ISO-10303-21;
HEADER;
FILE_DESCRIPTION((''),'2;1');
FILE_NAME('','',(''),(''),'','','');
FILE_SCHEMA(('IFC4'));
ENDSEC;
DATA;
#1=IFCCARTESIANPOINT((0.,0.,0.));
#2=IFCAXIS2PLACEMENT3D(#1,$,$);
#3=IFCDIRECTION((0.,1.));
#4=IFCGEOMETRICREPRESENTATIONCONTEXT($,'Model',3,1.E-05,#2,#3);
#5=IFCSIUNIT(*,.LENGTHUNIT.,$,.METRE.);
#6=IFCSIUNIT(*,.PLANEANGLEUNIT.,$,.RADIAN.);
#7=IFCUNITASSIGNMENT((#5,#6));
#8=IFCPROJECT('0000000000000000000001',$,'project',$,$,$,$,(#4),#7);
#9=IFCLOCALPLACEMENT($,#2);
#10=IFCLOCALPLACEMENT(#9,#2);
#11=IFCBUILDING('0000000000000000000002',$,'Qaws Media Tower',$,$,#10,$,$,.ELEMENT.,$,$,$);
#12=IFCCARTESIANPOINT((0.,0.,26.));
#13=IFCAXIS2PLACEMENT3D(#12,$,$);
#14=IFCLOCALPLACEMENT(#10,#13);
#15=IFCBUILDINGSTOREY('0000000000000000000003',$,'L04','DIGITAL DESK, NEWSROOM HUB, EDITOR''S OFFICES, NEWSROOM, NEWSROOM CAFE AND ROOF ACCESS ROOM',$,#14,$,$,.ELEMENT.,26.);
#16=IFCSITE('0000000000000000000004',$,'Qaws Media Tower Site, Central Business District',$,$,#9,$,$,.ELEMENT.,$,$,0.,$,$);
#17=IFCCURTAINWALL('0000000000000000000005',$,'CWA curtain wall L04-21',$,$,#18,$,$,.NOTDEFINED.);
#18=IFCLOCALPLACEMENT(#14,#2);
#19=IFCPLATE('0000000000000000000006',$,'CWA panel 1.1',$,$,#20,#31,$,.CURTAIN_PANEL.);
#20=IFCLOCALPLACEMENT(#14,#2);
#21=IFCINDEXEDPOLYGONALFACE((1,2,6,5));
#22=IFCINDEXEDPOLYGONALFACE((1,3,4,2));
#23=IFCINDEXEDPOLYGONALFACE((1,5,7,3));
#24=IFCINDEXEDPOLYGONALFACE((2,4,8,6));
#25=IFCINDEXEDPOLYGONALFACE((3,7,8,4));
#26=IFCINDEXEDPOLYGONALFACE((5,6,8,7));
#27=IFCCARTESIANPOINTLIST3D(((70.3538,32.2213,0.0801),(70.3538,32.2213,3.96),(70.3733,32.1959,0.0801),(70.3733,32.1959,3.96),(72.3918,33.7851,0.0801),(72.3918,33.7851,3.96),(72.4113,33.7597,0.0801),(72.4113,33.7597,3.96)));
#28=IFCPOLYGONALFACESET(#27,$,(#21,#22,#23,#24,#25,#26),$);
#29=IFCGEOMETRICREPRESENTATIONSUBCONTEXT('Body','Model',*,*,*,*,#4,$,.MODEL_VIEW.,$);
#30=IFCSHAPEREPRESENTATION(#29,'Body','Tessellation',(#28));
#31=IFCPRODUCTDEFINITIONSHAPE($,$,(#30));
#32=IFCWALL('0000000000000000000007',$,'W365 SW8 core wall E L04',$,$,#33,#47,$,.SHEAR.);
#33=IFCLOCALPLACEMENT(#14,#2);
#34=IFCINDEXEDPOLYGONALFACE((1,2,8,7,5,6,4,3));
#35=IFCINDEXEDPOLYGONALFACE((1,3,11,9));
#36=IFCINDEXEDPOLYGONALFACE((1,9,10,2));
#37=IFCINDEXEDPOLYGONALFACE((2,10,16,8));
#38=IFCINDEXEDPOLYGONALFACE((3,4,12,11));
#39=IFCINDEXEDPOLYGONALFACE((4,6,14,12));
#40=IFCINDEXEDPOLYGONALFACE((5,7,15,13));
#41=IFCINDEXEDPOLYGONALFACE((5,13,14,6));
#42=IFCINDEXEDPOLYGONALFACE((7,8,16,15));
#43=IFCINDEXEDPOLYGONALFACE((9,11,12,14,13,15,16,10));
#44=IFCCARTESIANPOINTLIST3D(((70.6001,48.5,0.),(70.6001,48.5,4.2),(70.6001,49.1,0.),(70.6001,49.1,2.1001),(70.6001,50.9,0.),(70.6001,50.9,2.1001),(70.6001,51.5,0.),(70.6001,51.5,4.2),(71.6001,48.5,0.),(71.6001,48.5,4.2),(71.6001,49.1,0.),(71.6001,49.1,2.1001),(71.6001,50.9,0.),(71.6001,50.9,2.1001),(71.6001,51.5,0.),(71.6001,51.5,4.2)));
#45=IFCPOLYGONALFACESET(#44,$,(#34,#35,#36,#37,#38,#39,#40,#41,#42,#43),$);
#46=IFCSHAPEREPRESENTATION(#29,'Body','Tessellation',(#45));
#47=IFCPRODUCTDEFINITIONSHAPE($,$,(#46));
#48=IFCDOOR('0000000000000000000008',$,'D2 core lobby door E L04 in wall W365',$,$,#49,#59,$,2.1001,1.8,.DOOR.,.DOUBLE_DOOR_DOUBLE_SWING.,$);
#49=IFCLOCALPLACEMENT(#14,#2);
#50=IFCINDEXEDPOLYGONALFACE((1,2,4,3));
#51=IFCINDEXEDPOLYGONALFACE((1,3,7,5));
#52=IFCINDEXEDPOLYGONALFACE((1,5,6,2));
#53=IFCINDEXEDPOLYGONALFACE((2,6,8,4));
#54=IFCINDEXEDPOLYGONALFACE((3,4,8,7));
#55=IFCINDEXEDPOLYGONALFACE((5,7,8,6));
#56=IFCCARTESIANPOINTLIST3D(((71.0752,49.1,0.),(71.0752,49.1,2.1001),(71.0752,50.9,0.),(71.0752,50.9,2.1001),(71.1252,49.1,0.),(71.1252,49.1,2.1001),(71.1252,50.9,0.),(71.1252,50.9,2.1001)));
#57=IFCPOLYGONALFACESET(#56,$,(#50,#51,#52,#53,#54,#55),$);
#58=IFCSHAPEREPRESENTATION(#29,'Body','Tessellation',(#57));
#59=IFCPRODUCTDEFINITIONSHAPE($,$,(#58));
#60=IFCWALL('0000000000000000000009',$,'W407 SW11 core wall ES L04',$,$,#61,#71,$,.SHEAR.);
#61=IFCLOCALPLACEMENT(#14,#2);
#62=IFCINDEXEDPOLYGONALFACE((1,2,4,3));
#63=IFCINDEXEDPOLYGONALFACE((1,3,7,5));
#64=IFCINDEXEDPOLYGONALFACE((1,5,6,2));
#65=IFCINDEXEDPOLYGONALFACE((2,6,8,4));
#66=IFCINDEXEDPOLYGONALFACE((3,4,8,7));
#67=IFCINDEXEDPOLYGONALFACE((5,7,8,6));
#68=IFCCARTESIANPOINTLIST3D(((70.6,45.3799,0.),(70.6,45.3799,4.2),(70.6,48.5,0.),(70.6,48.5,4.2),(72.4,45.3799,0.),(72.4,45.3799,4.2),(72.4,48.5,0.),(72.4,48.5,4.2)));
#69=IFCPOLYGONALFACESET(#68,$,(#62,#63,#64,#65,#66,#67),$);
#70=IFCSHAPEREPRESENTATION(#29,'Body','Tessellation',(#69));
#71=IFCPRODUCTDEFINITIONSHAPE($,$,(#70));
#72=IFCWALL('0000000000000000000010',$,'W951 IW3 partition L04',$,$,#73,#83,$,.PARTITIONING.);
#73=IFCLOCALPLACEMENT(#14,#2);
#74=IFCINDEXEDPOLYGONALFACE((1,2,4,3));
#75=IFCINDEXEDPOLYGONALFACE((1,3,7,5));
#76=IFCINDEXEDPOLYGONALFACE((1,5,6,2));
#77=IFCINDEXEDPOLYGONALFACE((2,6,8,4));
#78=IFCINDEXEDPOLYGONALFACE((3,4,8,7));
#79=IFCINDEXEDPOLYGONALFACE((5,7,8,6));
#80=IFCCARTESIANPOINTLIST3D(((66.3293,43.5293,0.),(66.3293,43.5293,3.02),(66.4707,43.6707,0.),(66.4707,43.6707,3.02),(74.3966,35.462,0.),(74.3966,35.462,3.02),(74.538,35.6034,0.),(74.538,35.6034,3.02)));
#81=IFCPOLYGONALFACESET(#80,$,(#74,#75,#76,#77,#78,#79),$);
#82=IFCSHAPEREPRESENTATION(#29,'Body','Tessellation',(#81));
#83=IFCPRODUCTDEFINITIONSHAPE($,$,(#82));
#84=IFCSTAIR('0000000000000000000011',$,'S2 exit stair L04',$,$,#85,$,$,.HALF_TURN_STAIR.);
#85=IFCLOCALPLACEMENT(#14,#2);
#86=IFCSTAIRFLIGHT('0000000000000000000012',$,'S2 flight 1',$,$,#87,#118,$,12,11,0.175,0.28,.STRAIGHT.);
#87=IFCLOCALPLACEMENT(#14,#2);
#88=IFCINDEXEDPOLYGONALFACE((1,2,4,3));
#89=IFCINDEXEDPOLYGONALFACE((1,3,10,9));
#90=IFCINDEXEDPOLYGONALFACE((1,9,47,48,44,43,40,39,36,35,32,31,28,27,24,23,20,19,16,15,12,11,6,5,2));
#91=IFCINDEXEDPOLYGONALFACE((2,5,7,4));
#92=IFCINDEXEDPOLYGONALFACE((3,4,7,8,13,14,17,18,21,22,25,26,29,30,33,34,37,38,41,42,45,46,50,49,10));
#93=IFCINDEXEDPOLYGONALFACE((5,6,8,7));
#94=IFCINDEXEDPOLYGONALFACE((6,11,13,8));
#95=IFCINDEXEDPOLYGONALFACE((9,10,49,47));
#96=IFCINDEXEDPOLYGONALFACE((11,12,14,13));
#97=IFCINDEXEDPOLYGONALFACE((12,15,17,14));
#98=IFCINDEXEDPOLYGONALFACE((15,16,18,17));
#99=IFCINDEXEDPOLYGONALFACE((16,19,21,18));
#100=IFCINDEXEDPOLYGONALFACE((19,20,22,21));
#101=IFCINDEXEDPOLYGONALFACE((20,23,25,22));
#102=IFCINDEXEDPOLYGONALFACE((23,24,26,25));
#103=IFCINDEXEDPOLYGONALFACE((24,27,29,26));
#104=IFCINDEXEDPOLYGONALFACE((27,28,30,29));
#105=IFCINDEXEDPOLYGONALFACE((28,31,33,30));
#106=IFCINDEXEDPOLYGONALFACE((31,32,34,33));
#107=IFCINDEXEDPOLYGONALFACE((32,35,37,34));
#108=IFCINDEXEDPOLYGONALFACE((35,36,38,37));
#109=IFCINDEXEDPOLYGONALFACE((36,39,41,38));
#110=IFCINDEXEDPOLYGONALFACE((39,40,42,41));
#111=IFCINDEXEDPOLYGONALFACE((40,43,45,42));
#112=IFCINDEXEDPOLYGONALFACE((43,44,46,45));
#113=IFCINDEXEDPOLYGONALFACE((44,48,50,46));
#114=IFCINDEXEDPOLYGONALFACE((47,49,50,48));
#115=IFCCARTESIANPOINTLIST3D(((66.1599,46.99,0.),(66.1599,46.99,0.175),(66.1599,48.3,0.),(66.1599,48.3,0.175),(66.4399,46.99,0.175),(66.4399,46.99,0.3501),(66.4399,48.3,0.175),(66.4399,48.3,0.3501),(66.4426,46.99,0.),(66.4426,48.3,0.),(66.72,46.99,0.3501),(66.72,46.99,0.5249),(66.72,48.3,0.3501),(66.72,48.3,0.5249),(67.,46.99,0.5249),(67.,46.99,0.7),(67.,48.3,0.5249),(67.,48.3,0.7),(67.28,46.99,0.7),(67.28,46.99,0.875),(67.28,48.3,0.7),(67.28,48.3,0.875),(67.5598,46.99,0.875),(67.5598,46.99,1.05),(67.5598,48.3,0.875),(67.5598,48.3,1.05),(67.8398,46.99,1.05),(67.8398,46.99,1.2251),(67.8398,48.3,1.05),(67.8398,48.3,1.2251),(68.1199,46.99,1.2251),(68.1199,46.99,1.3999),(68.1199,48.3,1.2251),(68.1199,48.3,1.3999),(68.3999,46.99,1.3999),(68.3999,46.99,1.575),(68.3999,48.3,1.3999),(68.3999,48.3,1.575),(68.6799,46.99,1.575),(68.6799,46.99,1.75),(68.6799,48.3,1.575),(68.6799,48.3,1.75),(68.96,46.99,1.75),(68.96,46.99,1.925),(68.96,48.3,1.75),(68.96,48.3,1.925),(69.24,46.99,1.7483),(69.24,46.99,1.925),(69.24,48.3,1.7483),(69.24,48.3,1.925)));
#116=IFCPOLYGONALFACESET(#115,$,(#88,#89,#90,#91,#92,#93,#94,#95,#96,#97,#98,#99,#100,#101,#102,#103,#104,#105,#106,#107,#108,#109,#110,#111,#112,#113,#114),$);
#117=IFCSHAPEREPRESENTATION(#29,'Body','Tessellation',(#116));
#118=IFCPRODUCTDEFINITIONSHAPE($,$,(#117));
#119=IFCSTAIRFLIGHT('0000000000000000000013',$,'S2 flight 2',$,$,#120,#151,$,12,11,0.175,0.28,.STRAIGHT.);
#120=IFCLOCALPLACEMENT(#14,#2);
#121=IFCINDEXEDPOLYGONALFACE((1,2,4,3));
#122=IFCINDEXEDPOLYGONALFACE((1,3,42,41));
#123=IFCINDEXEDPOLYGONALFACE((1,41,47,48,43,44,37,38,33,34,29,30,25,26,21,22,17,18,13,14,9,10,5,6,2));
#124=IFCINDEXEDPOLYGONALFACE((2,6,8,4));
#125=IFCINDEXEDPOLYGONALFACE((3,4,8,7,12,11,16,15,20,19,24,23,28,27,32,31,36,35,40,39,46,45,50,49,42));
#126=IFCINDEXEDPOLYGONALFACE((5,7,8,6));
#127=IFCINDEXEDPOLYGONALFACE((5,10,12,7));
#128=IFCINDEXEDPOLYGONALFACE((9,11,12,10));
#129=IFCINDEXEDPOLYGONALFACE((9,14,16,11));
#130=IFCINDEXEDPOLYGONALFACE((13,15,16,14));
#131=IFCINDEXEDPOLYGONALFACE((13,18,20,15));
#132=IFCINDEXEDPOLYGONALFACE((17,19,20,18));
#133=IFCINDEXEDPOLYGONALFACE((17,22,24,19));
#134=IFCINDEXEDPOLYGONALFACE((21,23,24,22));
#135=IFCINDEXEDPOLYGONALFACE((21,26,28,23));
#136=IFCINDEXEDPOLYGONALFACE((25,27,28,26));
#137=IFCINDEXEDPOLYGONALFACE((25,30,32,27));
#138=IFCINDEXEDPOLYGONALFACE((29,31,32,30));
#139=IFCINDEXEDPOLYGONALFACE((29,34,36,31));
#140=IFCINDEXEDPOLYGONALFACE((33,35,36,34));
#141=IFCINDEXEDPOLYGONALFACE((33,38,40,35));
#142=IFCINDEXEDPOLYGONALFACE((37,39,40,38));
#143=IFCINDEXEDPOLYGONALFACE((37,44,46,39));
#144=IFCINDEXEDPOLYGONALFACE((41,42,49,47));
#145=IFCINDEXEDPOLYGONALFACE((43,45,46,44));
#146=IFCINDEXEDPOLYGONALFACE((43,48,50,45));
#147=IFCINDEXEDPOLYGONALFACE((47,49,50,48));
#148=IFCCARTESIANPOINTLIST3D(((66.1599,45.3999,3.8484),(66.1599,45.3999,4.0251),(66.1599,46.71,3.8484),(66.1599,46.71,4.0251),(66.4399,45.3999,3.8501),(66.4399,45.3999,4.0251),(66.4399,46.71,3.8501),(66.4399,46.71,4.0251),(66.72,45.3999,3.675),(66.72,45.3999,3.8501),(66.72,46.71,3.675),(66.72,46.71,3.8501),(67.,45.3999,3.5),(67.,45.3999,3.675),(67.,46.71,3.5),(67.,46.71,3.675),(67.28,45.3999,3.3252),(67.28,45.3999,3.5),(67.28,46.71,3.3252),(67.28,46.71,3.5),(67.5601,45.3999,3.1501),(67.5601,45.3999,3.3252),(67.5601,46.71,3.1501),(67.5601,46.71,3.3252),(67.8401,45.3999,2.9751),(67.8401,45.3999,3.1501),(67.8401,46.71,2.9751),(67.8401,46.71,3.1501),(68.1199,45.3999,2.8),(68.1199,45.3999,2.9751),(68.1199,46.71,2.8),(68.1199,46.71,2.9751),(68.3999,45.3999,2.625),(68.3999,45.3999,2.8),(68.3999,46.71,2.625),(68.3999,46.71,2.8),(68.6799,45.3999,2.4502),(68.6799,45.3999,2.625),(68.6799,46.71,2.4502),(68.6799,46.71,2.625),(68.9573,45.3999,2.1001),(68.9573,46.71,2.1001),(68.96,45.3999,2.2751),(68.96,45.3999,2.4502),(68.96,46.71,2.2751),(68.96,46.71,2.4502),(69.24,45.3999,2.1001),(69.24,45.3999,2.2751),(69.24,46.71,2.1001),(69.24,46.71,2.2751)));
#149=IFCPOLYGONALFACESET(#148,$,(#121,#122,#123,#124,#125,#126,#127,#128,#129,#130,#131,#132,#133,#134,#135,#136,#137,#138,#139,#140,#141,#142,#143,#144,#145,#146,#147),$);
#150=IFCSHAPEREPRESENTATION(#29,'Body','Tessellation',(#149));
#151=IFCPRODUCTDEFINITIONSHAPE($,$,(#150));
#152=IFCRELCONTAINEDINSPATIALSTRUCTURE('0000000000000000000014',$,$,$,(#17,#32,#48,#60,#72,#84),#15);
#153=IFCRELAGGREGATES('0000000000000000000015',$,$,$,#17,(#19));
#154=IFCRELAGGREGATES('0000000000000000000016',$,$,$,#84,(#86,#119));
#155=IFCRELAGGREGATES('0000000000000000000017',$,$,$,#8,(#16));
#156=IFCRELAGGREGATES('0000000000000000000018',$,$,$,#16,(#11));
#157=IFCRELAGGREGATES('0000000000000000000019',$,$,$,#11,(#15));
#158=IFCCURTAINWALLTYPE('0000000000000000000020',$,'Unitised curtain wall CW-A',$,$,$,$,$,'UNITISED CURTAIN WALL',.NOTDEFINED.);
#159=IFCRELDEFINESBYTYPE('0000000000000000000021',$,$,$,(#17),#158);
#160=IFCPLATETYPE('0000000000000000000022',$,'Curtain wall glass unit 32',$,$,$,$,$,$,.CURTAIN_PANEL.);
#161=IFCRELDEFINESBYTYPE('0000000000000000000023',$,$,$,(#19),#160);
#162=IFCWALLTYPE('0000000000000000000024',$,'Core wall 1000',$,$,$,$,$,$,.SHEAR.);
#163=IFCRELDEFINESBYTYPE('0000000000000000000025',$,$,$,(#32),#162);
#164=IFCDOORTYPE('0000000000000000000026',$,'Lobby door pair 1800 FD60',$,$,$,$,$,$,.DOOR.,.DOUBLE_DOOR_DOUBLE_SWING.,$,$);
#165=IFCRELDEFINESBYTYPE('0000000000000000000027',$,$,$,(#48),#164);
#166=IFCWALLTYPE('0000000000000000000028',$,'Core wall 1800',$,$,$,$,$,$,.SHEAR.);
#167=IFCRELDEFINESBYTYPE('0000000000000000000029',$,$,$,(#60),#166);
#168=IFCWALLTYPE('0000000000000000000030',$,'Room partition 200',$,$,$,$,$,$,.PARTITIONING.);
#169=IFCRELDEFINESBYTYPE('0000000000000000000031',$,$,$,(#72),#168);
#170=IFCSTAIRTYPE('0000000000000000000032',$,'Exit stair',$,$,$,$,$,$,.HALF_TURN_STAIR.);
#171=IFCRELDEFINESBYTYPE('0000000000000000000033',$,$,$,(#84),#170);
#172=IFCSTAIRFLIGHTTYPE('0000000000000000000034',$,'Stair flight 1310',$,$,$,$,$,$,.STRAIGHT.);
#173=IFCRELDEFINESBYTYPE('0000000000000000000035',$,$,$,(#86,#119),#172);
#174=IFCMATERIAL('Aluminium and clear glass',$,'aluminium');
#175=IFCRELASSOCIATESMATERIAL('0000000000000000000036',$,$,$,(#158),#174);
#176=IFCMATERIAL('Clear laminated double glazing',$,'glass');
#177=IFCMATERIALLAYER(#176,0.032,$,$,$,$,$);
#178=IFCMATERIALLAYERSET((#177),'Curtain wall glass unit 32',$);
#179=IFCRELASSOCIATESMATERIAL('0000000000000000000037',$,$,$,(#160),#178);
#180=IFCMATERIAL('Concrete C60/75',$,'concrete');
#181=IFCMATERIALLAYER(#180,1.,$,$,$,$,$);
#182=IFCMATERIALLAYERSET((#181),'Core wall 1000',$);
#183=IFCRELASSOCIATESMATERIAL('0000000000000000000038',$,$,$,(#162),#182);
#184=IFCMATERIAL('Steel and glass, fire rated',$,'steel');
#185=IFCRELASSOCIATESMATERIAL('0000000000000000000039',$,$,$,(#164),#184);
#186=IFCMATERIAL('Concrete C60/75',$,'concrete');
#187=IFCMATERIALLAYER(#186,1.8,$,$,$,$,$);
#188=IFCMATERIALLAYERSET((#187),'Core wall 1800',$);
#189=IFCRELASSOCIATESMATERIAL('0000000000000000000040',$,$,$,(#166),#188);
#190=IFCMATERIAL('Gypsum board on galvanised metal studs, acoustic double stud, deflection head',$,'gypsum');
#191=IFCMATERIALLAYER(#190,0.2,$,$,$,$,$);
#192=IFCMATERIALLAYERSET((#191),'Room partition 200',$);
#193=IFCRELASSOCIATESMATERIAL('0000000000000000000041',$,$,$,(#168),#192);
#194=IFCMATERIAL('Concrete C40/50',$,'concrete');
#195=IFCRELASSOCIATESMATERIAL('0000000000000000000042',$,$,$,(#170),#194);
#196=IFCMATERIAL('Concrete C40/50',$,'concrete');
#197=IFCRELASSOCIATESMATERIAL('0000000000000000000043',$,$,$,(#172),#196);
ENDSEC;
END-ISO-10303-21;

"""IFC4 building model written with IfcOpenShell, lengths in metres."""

from ifc_helpers import new_model, si_unit, direction, frame, frame_2d, origin, origin_2d, place, context, subcontext, project, spatial, polyline, rectangle, outline, extrude, material, layer, layer_set, type_object, element, fill, aggregate, save


model = new_model("IFC4")

# Units and contexts
model_context = context("Model", 3, precision=1e-05, world=origin(), true_north=direction((0.0, 1.0)))
body_context = subcontext(model_context, "Body", "Model", "MODEL_VIEW")
ifc_project = project(units=[si_unit("LENGTHUNIT", "METRE"), si_unit("PLANEANGLEUNIT", "RADIAN")], contexts=[model_context])

# Site, building, storey
site_placement = place(None, origin())
site = spatial("IfcSite", under=ifc_project, at=site_placement, Name="Qaws Media Tower Site, Central Business District", CompositionType="ELEMENT", RefElevation=0.0)
building_placement = place(site_placement, origin())
building = spatial("IfcBuilding", under=site, at=building_placement, Name="Qaws Media Tower", CompositionType="ELEMENT")
storey_placement = place(building_placement, frame((0.0, 0.0, 26.0)))
storey = spatial("IfcBuildingStorey", under=building, at=storey_placement, Name="L04", Description="DIGITAL DESK, NEWSROOM HUB, EDITOR'S OFFICES, NEWSROOM, NEWSROOM CAFE AND ROOF ACCESS ROOM", CompositionType="ELEMENT", Elevation=26.0)

# Curtain wall
ifc_material_1 = material(Name="Aluminium and clear glass", Category="aluminium")
curtain_wall_type = type_object("IfcCurtainWallType", Name="Unitised curtain wall CW-A", ElementType="UNITISED CURTAIN WALL", PredefinedType="NOTDEFINED", material=ifc_material_1)
curtain_wall_placement = place(storey_placement, origin())
curtain_wall = element("IfcCurtainWall", 1, at=curtain_wall_placement, inside=storey, type_object=curtain_wall_type, Name="CWA curtain wall L04-21", PredefinedType="NOTDEFINED")

# Plate
ifc_material_2 = material(Name="Clear laminated double glazing", Category="glass")
ifc_layer_1 = layer(ifc_material_2, 0.032)
ifc_layer_set_1 = layer_set([ifc_layer_1], Name="Curtain wall glass unit 32")
plate_type = type_object("IfcPlateType", Name="Curtain wall glass unit 32", PredefinedType="CURTAIN_PANEL", material=ifc_layer_set_1)
plate_placement = place(storey_placement, frame((71.3826, 32.9905, 0.0801), z_axis=(0.0, 0.0, 1.0), x_axis=(0.793353, 0.608761, 0.0)))
plate = element("IfcPlate", 2, at=plate_placement, type_object=plate_type, Name="CWA panel 1.1", PredefinedType="CURTAIN_PANEL", context=body_context, shape_type="SweptSolid", body=[
    extrude(rectangle(XDim=2.5688, YDim=0.032, at=origin_2d()), origin(), (0.0, 0.0, 1.0), 3.8799),
])
aggregate(curtain_wall, [plate])

# Wall, opening, door
ifc_material_3 = material(Name="Concrete C60/75", Category="concrete")
ifc_layer_2 = layer(ifc_material_3, 1.0)
ifc_layer_set_2 = layer_set([ifc_layer_2], Name="Core wall 1000")
wall_type_1 = type_object("IfcWallType", Name="Core wall 1000", PredefinedType="SHEAR", material=ifc_layer_set_2)
wall_1_placement = place(storey_placement, frame((71.1001, 48.5, 0.0), z_axis=(0.0, 0.0, 1.0), x_axis=(0.0, 1.0, 0.0)))
wall_1 = element("IfcWall", 3, at=wall_1_placement, inside=storey, type_object=wall_type_1, Name="W365 SW8 core wall E L04", PredefinedType="SHEAR", context=body_context, shape_type="SweptSolid", body=[
    extrude(rectangle(XDim=3.0, YDim=1.0, at=frame_2d((1.5, 0.0))), origin(), (0.0, 0.0, 1.0), 4.2),
])
opening_placement = place(wall_1_placement, frame((0.6001, 0.0, 0.0)))
opening = element("IfcOpeningElement", 4, at=opening_placement, cuts=wall_1, PredefinedType="OPENING", context=body_context, shape_type="SweptSolid", body=[
    extrude(rectangle(XDim=1.8, YDim=2.1001, at=frame_2d((0.8999, 1.05))), frame((0.0, 0.51, 0.0), z_axis=(0.0, -1.0, 0.0), x_axis=(1.0, 0.0, 0.0)), (0.0, 0.0, 1.0), 1.02),
])
ifc_material_4 = material(Name="Steel and glass, fire rated", Category="steel")
door_type = type_object("IfcDoorType", Name="Lobby door pair 1800 FD60", OperationType="DOUBLE_DOOR_DOUBLE_SWING", PredefinedType="DOOR", material=ifc_material_4)
door_placement = place(opening_placement, origin())
door = element("IfcDoor", 5, at=door_placement, inside=storey, type_object=door_type, Name="D2 core lobby door E L04 in wall W365", OperationType="DOUBLE_DOOR_DOUBLE_SWING", OverallHeight=2.1001, OverallWidth=1.8, PredefinedType="DOOR", context=body_context, shape_type="SweptSolid", body=[
    extrude(rectangle(XDim=1.8, YDim=2.1001, at=frame_2d((0.8999, 1.05))), frame((0.0, 0.0249, 0.0), z_axis=(0.0, -1.0, 0.0), x_axis=(1.0, 0.0, 0.0)), (0.0, 0.0, 1.0), 0.05),
])
fill(opening, door)

# Walls
ifc_material_5 = material(Name="Concrete C60/75", Category="concrete")
ifc_layer_3 = layer(ifc_material_5, 1.8)
ifc_layer_set_3 = layer_set([ifc_layer_3], Name="Core wall 1800")
wall_type_2 = type_object("IfcWallType", Name="Core wall 1800", PredefinedType="SHEAR", material=ifc_layer_set_3)
wall_2_placement = place(storey_placement, frame((71.5, 45.3799, 0.0), z_axis=(0.0, 0.0, 1.0), x_axis=(0.0, 1.0, 0.0)))
element("IfcWall", 6, at=wall_2_placement, inside=storey, type_object=wall_type_2, Name="W407 SW11 core wall ES L04", PredefinedType="SHEAR", context=body_context, shape_type="SweptSolid", body=[
    extrude(rectangle(XDim=3.1201, YDim=1.8, at=frame_2d((1.5601, 0.0))), origin(), (0.0, 0.0, 1.0), 4.2),
])
ifc_material_6 = material(Name="Gypsum board on galvanised metal studs, acoustic double stud, deflection head", Category="gypsum")
ifc_layer_4 = layer(ifc_material_6, 0.2)
ifc_layer_set_4 = layer_set([ifc_layer_4], Name="Room partition 200")
wall_type_3 = type_object("IfcWallType", Name="Room partition 200", PredefinedType="PARTITIONING", material=ifc_layer_set_4)
wall_3_placement = place(storey_placement, frame((66.3999, 43.6001, 0.0), z_axis=(0.0, 0.0, 1.0), x_axis=(0.707107, -0.707107, 0.0)))
element("IfcWall", 7, at=wall_3_placement, inside=storey, type_object=wall_type_3, Name="W951 IW3 partition L04", PredefinedType="PARTITIONING", context=body_context, shape_type="SweptSolid", body=[
    extrude(rectangle(XDim=11.4089, YDim=0.2, at=frame_2d((5.7046, 0.0))), origin(), (0.0, 0.0, 1.0), 3.02),
])

# Stair, stair flights
ifc_material_7 = material(Name="Concrete C40/50", Category="concrete")
stair_type = type_object("IfcStairType", Name="Exit stair", PredefinedType="HALF_TURN_STAIR", material=ifc_material_7)
stair_placement = place(storey_placement, origin())
stair = element("IfcStair", 8, at=stair_placement, inside=storey, type_object=stair_type, Name="S2 exit stair L04", PredefinedType="HALF_TURN_STAIR")
ifc_material_8 = material(Name="Concrete C40/50", Category="concrete")
stair_flight_type = type_object("IfcStairFlightType", Name="Stair flight 1310", PredefinedType="STRAIGHT", material=ifc_material_8)
stair_flight_1_placement = place(storey_placement, frame((66.1599, 47.645, 0.0), z_axis=(0.0, 0.0, 1.0), x_axis=(1.0, 0.0, 0.0)))
stair_flight_1 = element("IfcStairFlight", 9, at=stair_flight_1_placement, type_object=stair_flight_type, Name="S2 flight 1", NumberOfRisers=12, NumberOfTreads=11, PredefinedType="STRAIGHT", RiserHeight=0.175, TreadLength=0.28, context=body_context, shape_type="SweptSolid", body=[
    extrude(outline(polyline([(0.0, 0.0), (0.0, 0.175), (0.28, 0.175), (0.28, 0.3501), (0.5601, 0.3501), (0.5601, 0.5249), (0.8401, 0.5249), (0.8401, 0.7), (1.1201, 0.7), (1.1201, 0.875), (1.3999, 0.875), (1.3999, 1.05), (1.6799, 1.05), (1.6799, 1.2251), (1.96, 1.2251), (1.96, 1.3999), (2.24, 1.3999), (2.24, 1.575), (2.52, 1.575), (2.52, 1.75), (2.8, 1.75), (2.8, 1.925), (3.0801, 1.925), (3.0801, 2.1001), (3.0801, 1.7483), (0.2827, 0.0), (0.0, 0.0)])), frame((0.0, 0.655, 0.0), z_axis=(0.0, -1.0, 0.0), x_axis=(1.0, 0.0, 0.0)), (0.0, 0.0, 1.0), 1.3101),
])
stair_flight_2_placement = place(storey_placement, frame((69.24, 46.0549, 2.1001), z_axis=(0.0, 0.0, 1.0), x_axis=(-1.0, 0.0, 0.0)))
stair_flight_2 = element("IfcStairFlight", 10, at=stair_flight_2_placement, type_object=stair_flight_type, Name="S2 flight 2", NumberOfRisers=12, NumberOfTreads=11, PredefinedType="STRAIGHT", RiserHeight=0.175, TreadLength=0.28, context=body_context, shape_type="SweptSolid", body=[
    extrude(outline(polyline([(0.0, 0.0), (0.0, 0.175), (0.28, 0.175), (0.28, 0.3501), (0.5601, 0.3501), (0.5601, 0.5249), (0.8401, 0.5249), (0.8401, 0.7), (1.1201, 0.7), (1.1201, 0.875), (1.3999, 0.875), (1.3999, 1.05), (1.6799, 1.05), (1.6799, 1.2251), (1.96, 1.2251), (1.96, 1.3999), (2.24, 1.3999), (2.24, 1.575), (2.52, 1.575), (2.52, 1.75), (2.8, 1.75), (2.8, 1.925), (3.0801, 1.925), (3.0801, 2.1001), (3.0801, 1.7483), (0.2827, 0.0), (0.0, 0.0)])), frame((0.0, 0.655, 0.0), z_axis=(0.0, -1.0, 0.0), x_axis=(1.0, 0.0, 0.0)), (0.0, 0.0, 1.0), 1.3101),
])
aggregate(stair, [stair_flight_1, stair_flight_2])

save(model, "model.ifc")
